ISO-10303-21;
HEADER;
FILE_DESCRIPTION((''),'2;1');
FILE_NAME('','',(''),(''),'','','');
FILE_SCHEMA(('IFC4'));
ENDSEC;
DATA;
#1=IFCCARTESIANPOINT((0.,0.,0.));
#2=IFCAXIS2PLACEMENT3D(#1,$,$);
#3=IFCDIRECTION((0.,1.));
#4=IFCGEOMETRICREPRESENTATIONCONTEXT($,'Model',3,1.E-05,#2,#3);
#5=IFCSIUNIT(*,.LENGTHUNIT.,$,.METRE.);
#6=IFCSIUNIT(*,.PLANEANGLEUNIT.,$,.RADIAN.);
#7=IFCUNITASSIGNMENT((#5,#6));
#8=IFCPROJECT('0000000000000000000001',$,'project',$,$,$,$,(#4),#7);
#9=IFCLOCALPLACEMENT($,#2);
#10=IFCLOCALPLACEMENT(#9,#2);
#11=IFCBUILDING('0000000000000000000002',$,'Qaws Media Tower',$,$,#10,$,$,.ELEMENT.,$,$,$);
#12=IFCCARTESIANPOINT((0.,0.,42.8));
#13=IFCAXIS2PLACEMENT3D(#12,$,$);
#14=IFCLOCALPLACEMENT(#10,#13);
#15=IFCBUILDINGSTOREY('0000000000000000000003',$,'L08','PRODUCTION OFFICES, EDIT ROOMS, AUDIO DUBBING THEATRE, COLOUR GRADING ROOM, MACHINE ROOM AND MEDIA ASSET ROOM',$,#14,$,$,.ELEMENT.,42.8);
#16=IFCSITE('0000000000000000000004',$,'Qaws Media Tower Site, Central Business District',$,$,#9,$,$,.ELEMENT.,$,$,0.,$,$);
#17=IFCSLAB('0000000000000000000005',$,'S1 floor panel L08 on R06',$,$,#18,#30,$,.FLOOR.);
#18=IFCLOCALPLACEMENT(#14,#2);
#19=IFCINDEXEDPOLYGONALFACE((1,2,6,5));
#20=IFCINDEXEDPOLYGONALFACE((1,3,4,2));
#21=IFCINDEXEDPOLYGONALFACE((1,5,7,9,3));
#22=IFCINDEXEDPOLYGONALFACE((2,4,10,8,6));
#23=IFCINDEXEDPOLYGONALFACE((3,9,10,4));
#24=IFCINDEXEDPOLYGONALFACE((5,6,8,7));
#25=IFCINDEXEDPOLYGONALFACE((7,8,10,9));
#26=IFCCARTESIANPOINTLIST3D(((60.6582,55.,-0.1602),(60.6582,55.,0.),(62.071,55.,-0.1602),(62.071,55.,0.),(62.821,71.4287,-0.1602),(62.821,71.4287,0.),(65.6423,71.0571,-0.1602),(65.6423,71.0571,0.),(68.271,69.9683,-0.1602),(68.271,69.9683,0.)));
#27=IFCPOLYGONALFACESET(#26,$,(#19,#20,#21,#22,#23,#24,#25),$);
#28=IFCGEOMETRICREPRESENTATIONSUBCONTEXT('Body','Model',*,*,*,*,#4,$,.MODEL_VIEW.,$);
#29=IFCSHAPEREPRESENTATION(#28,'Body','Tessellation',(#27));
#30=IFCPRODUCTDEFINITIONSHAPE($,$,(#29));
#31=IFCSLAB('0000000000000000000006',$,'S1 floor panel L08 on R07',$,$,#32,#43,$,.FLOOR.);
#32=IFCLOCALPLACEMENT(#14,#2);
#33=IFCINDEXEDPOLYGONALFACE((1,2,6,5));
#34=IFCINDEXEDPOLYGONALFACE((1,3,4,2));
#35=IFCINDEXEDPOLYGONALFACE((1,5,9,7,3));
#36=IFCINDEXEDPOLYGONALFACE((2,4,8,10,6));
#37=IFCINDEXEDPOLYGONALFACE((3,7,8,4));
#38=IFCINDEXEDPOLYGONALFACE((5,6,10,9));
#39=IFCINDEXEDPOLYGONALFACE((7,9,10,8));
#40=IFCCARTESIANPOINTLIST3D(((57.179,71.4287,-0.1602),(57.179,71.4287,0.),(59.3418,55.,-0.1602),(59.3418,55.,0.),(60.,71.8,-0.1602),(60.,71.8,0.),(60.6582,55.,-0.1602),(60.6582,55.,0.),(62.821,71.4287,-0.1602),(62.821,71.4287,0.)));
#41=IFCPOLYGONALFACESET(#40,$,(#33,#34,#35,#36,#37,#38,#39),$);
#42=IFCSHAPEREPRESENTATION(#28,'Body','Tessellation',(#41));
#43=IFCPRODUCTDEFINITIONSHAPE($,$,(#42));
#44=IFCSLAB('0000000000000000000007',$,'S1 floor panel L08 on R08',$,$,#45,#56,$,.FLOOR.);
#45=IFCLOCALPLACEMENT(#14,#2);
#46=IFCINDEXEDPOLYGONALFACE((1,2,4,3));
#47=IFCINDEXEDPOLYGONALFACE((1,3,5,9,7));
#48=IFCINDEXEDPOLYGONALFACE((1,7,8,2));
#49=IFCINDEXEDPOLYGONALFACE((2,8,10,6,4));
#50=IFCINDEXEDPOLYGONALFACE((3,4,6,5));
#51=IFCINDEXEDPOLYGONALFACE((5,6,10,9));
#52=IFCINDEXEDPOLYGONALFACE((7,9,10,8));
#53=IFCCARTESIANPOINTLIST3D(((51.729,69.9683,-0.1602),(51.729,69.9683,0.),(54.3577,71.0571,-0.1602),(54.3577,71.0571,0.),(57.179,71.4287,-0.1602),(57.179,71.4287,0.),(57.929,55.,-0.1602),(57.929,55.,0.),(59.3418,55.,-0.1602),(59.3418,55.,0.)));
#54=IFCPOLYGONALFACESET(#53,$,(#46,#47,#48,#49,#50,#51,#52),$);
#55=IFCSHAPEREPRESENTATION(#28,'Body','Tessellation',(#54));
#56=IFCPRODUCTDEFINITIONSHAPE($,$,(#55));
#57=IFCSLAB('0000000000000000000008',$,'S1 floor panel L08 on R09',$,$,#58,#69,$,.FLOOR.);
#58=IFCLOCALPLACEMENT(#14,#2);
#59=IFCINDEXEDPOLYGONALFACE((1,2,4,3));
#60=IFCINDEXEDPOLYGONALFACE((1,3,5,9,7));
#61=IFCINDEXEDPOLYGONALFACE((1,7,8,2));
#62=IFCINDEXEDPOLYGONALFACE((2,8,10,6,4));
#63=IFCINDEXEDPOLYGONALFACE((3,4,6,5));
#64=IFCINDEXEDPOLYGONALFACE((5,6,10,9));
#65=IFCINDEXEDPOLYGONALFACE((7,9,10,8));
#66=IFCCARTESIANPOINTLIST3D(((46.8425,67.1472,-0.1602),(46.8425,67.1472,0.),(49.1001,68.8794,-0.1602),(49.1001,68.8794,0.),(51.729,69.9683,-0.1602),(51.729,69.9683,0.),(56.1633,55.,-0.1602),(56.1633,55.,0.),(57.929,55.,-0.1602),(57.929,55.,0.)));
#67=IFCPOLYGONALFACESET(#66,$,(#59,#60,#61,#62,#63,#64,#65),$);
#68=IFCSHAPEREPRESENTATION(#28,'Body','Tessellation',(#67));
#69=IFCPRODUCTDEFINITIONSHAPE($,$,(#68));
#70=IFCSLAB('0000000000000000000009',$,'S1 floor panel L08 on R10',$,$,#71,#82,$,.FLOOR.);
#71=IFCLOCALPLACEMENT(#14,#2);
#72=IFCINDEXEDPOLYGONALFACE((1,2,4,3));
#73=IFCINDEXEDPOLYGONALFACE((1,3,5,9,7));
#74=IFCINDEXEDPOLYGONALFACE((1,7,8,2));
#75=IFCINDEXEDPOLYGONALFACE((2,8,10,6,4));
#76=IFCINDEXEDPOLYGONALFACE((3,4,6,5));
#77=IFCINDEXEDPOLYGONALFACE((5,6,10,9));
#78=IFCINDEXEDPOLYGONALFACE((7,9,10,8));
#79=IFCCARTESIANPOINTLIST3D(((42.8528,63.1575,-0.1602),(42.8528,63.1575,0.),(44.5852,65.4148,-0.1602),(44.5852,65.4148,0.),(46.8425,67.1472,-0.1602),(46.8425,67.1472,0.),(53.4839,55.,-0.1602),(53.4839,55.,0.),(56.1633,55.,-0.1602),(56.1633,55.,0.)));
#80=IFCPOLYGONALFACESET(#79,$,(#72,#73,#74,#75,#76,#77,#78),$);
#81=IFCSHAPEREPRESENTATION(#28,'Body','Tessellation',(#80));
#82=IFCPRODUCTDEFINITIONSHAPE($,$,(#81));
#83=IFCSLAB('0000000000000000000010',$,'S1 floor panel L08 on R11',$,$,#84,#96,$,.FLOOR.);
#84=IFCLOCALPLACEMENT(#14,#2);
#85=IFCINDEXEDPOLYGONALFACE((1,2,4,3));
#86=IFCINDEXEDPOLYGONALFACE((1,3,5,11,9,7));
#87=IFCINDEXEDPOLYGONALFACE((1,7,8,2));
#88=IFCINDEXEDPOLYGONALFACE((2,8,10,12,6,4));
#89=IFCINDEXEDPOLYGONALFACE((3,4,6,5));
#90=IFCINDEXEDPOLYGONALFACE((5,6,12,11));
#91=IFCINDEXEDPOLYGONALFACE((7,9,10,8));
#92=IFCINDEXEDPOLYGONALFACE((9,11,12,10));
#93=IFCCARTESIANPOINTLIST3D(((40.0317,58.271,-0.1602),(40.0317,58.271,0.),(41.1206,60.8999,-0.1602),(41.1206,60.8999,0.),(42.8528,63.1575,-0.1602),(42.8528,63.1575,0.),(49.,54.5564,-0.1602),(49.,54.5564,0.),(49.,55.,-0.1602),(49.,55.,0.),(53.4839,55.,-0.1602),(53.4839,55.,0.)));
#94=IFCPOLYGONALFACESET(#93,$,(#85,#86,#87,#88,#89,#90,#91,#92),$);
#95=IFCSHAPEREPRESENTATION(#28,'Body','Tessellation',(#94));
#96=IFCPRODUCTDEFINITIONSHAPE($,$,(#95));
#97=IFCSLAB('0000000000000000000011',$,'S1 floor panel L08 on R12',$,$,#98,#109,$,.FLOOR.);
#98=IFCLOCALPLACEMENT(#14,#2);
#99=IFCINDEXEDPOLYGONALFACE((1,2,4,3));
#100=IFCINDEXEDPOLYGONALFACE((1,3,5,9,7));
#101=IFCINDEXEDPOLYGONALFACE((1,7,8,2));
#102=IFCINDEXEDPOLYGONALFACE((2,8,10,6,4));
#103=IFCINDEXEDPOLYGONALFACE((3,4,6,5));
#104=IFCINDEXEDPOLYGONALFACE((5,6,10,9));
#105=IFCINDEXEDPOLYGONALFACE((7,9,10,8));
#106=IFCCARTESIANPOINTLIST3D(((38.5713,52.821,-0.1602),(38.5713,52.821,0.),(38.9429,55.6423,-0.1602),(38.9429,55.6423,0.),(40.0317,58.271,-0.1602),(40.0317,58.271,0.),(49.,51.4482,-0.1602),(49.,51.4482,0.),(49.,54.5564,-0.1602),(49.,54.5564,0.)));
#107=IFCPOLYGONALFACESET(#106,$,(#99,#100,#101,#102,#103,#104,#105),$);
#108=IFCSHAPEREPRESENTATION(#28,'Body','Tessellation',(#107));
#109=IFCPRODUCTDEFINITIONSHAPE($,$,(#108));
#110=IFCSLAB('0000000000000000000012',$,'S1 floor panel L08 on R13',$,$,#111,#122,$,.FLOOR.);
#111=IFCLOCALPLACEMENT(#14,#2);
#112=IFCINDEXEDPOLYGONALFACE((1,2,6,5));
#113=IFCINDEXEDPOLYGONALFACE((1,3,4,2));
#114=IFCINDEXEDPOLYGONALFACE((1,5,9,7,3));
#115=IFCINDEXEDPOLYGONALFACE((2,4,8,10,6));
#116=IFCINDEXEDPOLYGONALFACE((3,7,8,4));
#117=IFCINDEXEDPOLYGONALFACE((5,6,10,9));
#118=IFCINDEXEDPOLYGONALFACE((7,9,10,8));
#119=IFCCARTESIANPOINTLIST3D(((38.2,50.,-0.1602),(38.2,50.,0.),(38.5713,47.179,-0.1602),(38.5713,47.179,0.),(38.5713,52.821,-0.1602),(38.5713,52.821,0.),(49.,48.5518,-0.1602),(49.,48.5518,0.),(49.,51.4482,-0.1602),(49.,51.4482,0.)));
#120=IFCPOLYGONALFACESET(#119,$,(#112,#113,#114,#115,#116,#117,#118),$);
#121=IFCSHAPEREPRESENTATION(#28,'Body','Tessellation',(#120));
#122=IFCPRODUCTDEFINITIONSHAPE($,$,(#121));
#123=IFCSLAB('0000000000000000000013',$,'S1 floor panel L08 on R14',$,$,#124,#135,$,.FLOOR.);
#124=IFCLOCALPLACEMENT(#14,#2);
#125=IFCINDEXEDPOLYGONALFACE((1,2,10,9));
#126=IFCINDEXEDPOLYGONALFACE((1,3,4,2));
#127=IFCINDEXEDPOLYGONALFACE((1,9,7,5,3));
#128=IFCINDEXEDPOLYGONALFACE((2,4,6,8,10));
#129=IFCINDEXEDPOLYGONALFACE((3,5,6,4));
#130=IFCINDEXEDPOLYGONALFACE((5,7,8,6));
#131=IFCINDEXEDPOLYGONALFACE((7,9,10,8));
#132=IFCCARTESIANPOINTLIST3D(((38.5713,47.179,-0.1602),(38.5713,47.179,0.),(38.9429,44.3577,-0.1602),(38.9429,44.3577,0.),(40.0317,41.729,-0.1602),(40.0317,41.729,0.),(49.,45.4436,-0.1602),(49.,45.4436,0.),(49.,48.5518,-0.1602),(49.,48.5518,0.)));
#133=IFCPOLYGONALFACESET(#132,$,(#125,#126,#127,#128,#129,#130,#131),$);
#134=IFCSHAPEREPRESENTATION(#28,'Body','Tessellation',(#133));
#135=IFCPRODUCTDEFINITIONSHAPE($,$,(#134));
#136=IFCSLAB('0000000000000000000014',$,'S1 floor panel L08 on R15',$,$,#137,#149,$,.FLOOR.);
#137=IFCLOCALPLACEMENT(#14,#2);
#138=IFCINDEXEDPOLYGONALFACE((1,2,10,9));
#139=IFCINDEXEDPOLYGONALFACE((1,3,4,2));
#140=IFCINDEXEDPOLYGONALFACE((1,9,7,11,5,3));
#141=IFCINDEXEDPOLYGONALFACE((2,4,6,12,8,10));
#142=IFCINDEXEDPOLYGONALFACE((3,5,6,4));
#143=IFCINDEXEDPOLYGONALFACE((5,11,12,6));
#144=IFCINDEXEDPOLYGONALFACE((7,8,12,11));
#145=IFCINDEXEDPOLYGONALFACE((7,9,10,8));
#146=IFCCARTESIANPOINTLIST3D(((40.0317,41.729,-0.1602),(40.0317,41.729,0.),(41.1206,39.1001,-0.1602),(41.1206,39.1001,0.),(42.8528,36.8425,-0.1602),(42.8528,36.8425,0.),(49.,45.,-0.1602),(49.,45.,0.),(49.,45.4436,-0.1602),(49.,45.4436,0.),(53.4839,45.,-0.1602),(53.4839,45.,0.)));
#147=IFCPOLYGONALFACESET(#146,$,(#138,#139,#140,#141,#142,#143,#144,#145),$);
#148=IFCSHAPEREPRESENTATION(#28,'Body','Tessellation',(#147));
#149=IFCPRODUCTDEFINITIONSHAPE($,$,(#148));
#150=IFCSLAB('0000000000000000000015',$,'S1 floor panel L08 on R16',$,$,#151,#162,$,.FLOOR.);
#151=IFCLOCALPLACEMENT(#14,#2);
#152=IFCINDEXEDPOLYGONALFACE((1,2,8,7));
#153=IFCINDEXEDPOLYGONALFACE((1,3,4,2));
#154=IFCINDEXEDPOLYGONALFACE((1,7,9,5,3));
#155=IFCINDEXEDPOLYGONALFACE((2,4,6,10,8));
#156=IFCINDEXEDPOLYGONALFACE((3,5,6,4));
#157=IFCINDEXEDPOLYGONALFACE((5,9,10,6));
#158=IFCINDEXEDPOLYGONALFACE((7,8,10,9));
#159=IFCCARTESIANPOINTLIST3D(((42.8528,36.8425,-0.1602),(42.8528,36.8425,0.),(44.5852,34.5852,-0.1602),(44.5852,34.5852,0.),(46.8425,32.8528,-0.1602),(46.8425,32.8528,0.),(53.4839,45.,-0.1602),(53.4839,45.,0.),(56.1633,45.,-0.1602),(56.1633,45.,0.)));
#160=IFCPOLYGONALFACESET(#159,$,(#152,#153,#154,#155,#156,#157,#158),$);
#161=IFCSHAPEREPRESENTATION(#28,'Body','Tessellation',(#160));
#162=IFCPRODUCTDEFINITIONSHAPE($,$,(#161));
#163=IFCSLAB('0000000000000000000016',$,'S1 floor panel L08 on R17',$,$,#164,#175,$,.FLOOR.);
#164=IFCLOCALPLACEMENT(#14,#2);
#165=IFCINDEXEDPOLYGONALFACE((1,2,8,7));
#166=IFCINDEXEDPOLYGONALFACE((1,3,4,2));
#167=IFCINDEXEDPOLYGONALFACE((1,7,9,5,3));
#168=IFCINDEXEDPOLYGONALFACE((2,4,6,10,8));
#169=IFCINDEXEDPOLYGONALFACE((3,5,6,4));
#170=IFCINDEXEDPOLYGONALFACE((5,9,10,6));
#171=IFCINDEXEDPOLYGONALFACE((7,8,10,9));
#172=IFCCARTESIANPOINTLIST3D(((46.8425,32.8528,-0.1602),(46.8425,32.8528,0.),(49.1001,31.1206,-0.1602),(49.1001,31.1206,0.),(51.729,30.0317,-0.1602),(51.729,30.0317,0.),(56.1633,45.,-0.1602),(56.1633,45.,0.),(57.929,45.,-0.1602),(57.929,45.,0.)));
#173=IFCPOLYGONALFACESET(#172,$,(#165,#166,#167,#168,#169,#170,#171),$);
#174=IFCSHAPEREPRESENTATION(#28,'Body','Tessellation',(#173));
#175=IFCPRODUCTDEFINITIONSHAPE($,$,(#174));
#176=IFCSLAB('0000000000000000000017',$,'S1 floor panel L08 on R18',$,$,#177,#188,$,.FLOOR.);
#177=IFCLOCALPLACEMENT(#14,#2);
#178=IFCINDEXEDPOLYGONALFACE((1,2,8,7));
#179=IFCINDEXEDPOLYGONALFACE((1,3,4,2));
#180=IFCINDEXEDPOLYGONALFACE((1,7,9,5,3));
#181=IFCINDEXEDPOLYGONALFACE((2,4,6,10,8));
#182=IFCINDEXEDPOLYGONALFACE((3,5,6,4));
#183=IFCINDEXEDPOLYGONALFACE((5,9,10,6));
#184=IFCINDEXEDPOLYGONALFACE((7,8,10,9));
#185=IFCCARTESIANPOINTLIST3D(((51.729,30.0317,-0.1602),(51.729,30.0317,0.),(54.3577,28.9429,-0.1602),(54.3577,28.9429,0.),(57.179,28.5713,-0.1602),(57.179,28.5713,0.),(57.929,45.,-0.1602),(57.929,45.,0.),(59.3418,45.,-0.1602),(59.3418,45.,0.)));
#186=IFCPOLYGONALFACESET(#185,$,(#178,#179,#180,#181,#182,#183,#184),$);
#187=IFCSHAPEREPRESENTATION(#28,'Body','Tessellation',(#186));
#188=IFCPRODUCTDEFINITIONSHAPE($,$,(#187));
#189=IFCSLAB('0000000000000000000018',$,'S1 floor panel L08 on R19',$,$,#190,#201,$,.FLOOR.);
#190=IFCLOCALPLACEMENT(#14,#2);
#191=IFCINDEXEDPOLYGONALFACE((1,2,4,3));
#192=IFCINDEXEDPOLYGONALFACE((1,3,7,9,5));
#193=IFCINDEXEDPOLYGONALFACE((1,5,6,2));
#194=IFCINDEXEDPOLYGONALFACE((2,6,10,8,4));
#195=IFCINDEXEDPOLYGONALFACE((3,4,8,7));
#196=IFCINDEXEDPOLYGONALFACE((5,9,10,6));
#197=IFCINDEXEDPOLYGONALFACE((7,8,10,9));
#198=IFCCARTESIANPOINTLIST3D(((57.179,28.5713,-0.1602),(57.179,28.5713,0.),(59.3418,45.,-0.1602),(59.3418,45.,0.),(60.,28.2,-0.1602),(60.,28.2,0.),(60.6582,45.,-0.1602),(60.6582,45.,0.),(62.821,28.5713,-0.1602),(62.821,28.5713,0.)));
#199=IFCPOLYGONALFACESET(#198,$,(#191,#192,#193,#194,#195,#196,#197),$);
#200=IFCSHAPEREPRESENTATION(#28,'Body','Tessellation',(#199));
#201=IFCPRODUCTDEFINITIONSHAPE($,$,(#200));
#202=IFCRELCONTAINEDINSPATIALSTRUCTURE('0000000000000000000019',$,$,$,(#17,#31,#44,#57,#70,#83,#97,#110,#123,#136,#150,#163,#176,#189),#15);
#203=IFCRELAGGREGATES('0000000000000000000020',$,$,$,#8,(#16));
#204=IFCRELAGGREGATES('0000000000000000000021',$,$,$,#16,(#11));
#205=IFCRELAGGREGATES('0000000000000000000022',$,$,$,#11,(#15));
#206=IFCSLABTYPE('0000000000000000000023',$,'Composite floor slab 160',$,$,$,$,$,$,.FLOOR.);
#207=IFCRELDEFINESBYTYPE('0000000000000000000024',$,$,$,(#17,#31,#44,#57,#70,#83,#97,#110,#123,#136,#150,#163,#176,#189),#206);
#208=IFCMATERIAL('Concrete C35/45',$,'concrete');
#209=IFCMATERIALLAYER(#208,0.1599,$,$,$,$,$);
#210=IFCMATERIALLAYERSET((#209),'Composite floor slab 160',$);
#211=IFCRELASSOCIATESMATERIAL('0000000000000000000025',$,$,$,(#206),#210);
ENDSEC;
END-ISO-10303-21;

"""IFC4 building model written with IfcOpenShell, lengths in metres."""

from ifc_helpers import new_model, si_unit, direction, frame, origin, place, context, subcontext, project, spatial, polyline, outline, extrude, material, layer, layer_set, type_object, element, save


model = new_model("IFC4")

# Units and contexts
model_context = context("Model", 3, precision=1e-05, world=origin(), true_north=direction((0.0, 1.0)))
body_context = subcontext(model_context, "Body", "Model", "MODEL_VIEW")
ifc_project = project(units=[si_unit("LENGTHUNIT", "METRE"), si_unit("PLANEANGLEUNIT", "RADIAN")], contexts=[model_context])

# Site, building, storey
site_placement = place(None, origin())
site = spatial("IfcSite", under=ifc_project, at=site_placement, Name="Qaws Media Tower Site, Central Business District", CompositionType="ELEMENT", RefElevation=0.0)
building_placement = place(site_placement, origin())
building = spatial("IfcBuilding", under=site, at=building_placement, Name="Qaws Media Tower", CompositionType="ELEMENT")
storey_placement = place(building_placement, frame((0.0, 0.0, 42.8)))
storey = spatial("IfcBuildingStorey", under=building, at=storey_placement, Name="L08", Description="PRODUCTION OFFICES, EDIT ROOMS, AUDIO DUBBING THEATRE, COLOUR GRADING ROOM, MACHINE ROOM AND MEDIA ASSET ROOM", CompositionType="ELEMENT", Elevation=42.8)

# Slabs
ifc_material_1 = material(Name="Concrete C35/45", Category="concrete")
ifc_layer_1 = layer(ifc_material_1, 0.1599)
ifc_layer_set_1 = layer_set([ifc_layer_1], Name="Composite floor slab 160")
slab_type_1 = type_object("IfcSlabType", Name="Composite floor slab 160", PredefinedType="FLOOR", material=ifc_layer_set_1)
slab_1_placement = place(storey_placement, frame((0.0, 0.0, -0.1602)))
element("IfcSlab", 1, at=slab_1_placement, inside=storey, type_object=slab_type_1, Name="S1 floor panel L08 on R06", PredefinedType="FLOOR", context=body_context, shape_type="SweptSolid", body=[
    extrude(outline(polyline([(65.6423, 71.0571), (68.271, 69.9683), (62.071, 55.0), (60.6582, 55.0), (62.821, 71.4287), (65.6423, 71.0571)])), origin(), (0.0, 0.0, 1.0), 0.1602),
])
slab_2_placement = place(storey_placement, frame((0.0, 0.0, -0.1602)))
element("IfcSlab", 2, at=slab_2_placement, inside=storey, type_object=slab_type_1, Name="S1 floor panel L08 on R07", PredefinedType="FLOOR", context=body_context, shape_type="SweptSolid", body=[
    extrude(outline(polyline([(60.0, 71.8), (62.821, 71.4287), (60.6582, 55.0), (59.3418, 55.0), (57.179, 71.4287), (60.0, 71.8)])), origin(), (0.0, 0.0, 1.0), 0.1602),
])
slab_3_placement = place(storey_placement, frame((0.0, 0.0, -0.1602)))
element("IfcSlab", 3, at=slab_3_placement, inside=storey, type_object=slab_type_1, Name="S1 floor panel L08 on R08", PredefinedType="FLOOR", context=body_context, shape_type="SweptSolid", body=[
    extrude(outline(polyline([(54.3577, 71.0571), (57.179, 71.4287), (59.3418, 55.0), (57.929, 55.0), (51.729, 69.9683), (54.3577, 71.0571)])), origin(), (0.0, 0.0, 1.0), 0.1602),
])
slab_4_placement = place(storey_placement, frame((0.0, 0.0, -0.1602)))
element("IfcSlab", 4, at=slab_4_placement, inside=storey, type_object=slab_type_1, Name="S1 floor panel L08 on R09", PredefinedType="FLOOR", context=body_context, shape_type="SweptSolid", body=[
    extrude(outline(polyline([(49.1001, 68.8794), (51.729, 69.9683), (57.929, 55.0), (56.1633, 55.0), (46.8425, 67.1472), (49.1001, 68.8794)])), origin(), (0.0, 0.0, 1.0), 0.1602),
])
slab_5_placement = place(storey_placement, frame((0.0, 0.0, -0.1602)))
element("IfcSlab", 5, at=slab_5_placement, inside=storey, type_object=slab_type_1, Name="S1 floor panel L08 on R10", PredefinedType="FLOOR", context=body_context, shape_type="SweptSolid", body=[
    extrude(outline(polyline([(44.5852, 65.4148), (46.8425, 67.1472), (56.1633, 55.0), (53.4839, 55.0), (42.8528, 63.1575), (44.5852, 65.4148)])), origin(), (0.0, 0.0, 1.0), 0.1602),
])
slab_6_placement = place(storey_placement, frame((0.0, 0.0, -0.1602)))
element("IfcSlab", 6, at=slab_6_placement, inside=storey, type_object=slab_type_1, Name="S1 floor panel L08 on R11", PredefinedType="FLOOR", context=body_context, shape_type="SweptSolid", body=[
    extrude(outline(polyline([(41.1206, 60.8999), (42.8528, 63.1575), (53.4839, 55.0), (49.0, 55.0), (49.0, 54.5564), (40.0317, 58.271), (41.1206, 60.8999)])), origin(), (0.0, 0.0, 1.0), 0.1602),
])
slab_7_placement = place(storey_placement, frame((0.0, 0.0, -0.1602)))
element("IfcSlab", 7, at=slab_7_placement, inside=storey, type_object=slab_type_1, Name="S1 floor panel L08 on R12", PredefinedType="FLOOR", context=body_context, shape_type="SweptSolid", body=[
    extrude(outline(polyline([(38.9429, 55.6423), (40.0317, 58.271), (49.0, 54.5564), (49.0, 51.4482), (38.5713, 52.821), (38.9429, 55.6423)])), origin(), (0.0, 0.0, 1.0), 0.1602),
])
slab_8_placement = place(storey_placement, frame((0.0, 0.0, -0.1602)))
element("IfcSlab", 8, at=slab_8_placement, inside=storey, type_object=slab_type_1, Name="S1 floor panel L08 on R13", PredefinedType="FLOOR", context=body_context, shape_type="SweptSolid", body=[
    extrude(outline(polyline([(38.2, 50.0), (38.5713, 52.821), (49.0, 51.4482), (49.0, 48.5518), (38.5713, 47.179), (38.2, 50.0)])), origin(), (0.0, 0.0, 1.0), 0.1602),
])
slab_9_placement = place(storey_placement, frame((0.0, 0.0, -0.1602)))
element("IfcSlab", 9, at=slab_9_placement, inside=storey, type_object=slab_type_1, Name="S1 floor panel L08 on R14", PredefinedType="FLOOR", context=body_context, shape_type="SweptSolid", body=[
    extrude(outline(polyline([(38.9429, 44.3577), (38.5713, 47.179), (49.0, 48.5518), (49.0, 45.4436), (40.0317, 41.729), (38.9429, 44.3577)])), origin(), (0.0, 0.0, 1.0), 0.1602),
])
slab_10_placement = place(storey_placement, frame((0.0, 0.0, -0.1602)))
element("IfcSlab", 10, at=slab_10_placement, inside=storey, type_object=slab_type_1, Name="S1 floor panel L08 on R15", PredefinedType="FLOOR", context=body_context, shape_type="SweptSolid", body=[
    extrude(outline(polyline([(41.1206, 39.1001), (40.0317, 41.729), (49.0, 45.4436), (49.0, 45.0), (53.4839, 45.0), (42.8528, 36.8425), (41.1206, 39.1001)])), origin(), (0.0, 0.0, 1.0), 0.1602),
])
slab_11_placement = place(storey_placement, frame((0.0, 0.0, -0.1602)))
element("IfcSlab", 11, at=slab_11_placement, inside=storey, type_object=slab_type_1, Name="S1 floor panel L08 on R16", PredefinedType="FLOOR", context=body_context, shape_type="SweptSolid", body=[
    extrude(outline(polyline([(44.5852, 34.5852), (42.8528, 36.8425), (53.4839, 45.0), (56.1633, 45.0), (46.8425, 32.8528), (44.5852, 34.5852)])), origin(), (0.0, 0.0, 1.0), 0.1602),
])
slab_12_placement = place(storey_placement, frame((0.0, 0.0, -0.1602)))
element("IfcSlab", 12, at=slab_12_placement, inside=storey, type_object=slab_type_1, Name="S1 floor panel L08 on R17", PredefinedType="FLOOR", context=body_context, shape_type="SweptSolid", body=[
    extrude(outline(polyline([(49.1001, 31.1206), (46.8425, 32.8528), (56.1633, 45.0), (57.929, 45.0), (51.729, 30.0317), (49.1001, 31.1206)])), origin(), (0.0, 0.0, 1.0), 0.1602),
])
slab_13_placement = place(storey_placement, frame((0.0, 0.0, -0.1602)))
element("IfcSlab", 13, at=slab_13_placement, inside=storey, type_object=slab_type_1, Name="S1 floor panel L08 on R18", PredefinedType="FLOOR", context=body_context, shape_type="SweptSolid", body=[
    extrude(outline(polyline([(54.3577, 28.9429), (51.729, 30.0317), (57.929, 45.0), (59.3418, 45.0), (57.179, 28.5713), (54.3577, 28.9429)])), origin(), (0.0, 0.0, 1.0), 0.1602),
])
slab_14_placement = place(storey_placement, frame((0.0, 0.0, -0.1602)))
element("IfcSlab", 14, at=slab_14_placement, inside=storey, type_object=slab_type_1, Name="S1 floor panel L08 on R19", PredefinedType="FLOOR", context=body_context, shape_type="SweptSolid", body=[
    extrude(outline(polyline([(60.0, 28.2), (57.179, 28.5713), (59.3418, 45.0), (60.6582, 45.0), (62.821, 28.5713), (60.0, 28.2)])), origin(), (0.0, 0.0, 1.0), 0.1602),
])

save(model, "model.ifc")
